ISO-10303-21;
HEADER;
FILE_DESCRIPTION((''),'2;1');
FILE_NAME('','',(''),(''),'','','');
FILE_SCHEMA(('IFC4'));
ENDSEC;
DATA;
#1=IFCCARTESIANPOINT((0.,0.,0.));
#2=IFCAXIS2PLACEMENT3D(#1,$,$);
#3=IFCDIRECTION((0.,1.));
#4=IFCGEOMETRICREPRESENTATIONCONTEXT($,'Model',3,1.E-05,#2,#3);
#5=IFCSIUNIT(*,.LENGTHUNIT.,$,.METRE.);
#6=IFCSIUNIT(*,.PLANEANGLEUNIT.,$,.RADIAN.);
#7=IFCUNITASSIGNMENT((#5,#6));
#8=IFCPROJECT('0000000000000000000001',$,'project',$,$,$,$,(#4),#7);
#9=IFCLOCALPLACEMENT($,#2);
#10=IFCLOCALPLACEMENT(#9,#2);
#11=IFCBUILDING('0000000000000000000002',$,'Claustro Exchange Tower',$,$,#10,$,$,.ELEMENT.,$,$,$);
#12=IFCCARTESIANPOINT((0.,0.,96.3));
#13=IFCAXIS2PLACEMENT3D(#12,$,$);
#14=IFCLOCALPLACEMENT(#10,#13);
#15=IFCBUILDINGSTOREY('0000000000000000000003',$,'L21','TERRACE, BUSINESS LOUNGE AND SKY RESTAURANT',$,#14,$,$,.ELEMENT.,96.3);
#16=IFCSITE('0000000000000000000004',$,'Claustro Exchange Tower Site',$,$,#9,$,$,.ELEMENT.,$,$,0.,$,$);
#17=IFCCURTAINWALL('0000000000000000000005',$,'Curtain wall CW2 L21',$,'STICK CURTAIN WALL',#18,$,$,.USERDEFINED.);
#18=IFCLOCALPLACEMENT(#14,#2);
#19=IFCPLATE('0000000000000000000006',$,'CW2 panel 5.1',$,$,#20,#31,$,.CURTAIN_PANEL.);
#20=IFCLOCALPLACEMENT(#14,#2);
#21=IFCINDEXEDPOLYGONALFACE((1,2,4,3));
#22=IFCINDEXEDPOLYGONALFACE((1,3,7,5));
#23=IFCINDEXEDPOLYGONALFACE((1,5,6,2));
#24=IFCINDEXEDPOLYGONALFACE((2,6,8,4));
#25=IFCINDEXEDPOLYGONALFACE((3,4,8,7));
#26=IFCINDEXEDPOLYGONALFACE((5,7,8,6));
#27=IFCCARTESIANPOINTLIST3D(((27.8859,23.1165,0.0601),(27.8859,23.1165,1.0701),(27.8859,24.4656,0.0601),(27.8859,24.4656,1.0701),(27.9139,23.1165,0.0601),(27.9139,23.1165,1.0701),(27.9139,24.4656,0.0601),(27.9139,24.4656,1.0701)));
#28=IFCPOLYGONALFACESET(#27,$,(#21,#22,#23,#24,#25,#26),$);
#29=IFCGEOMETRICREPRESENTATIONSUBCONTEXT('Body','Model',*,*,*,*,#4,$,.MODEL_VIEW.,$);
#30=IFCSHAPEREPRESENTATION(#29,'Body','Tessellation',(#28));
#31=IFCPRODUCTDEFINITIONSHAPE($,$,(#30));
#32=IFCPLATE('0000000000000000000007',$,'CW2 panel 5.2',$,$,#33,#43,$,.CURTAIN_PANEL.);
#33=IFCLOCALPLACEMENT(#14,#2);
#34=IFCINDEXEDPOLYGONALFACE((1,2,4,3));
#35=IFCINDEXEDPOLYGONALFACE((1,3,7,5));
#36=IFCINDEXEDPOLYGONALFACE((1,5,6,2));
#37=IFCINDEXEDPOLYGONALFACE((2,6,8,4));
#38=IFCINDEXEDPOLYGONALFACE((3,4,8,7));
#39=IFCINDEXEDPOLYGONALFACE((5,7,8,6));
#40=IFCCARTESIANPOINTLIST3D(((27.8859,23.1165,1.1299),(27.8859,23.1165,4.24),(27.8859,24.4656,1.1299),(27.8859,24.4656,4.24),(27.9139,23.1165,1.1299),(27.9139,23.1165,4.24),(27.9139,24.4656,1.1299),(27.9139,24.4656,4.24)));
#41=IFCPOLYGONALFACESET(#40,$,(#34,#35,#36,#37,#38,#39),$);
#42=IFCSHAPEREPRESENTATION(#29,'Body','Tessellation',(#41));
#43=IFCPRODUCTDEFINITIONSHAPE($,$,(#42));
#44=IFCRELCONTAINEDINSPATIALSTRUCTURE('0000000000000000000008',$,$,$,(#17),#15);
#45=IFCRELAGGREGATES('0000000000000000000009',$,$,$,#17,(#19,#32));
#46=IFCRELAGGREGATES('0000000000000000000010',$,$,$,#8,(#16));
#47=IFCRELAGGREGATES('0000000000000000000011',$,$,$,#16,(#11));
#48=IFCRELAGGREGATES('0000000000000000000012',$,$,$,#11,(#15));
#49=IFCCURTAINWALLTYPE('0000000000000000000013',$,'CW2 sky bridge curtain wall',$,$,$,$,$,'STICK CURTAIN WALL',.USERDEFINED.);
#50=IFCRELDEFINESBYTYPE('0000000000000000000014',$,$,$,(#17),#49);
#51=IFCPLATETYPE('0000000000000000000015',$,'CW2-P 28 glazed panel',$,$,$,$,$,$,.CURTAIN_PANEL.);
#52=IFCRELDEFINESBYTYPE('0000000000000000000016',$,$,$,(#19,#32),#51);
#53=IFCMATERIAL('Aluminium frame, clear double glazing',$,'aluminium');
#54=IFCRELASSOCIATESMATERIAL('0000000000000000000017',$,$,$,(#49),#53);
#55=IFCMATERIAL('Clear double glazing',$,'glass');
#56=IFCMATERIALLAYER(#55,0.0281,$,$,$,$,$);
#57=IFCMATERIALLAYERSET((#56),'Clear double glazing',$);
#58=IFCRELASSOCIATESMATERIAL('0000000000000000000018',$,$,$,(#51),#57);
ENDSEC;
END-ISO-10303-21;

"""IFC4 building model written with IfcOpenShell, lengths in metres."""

from ifc_helpers import new_model, si_unit, direction, frame, origin, origin_2d, place, context, subcontext, project, spatial, rectangle, extrude, material, layer, layer_set, type_object, element, aggregate, save


model = new_model("IFC4")

# Units and contexts
model_context = context("Model", 3, precision=1e-05, world=origin(), true_north=direction((0.0, 1.0)))
body_context = subcontext(model_context, "Body", "Model", "MODEL_VIEW")
ifc_project = project(units=[si_unit("LENGTHUNIT", "METRE"), si_unit("PLANEANGLEUNIT", "RADIAN")], contexts=[model_context])

# Site, building, storey
site_placement = place(None, origin())
site = spatial("IfcSite", under=ifc_project, at=site_placement, Name="Claustro Exchange Tower Site", CompositionType="ELEMENT", RefElevation=0.0)
building_placement = place(site_placement, origin())
building = spatial("IfcBuilding", under=site, at=building_placement, Name="Claustro Exchange Tower", CompositionType="ELEMENT")
storey_placement = place(building_placement, frame((0.0, 0.0, 96.3)))
storey = spatial("IfcBuildingStorey", under=building, at=storey_placement, Name="L21", Description="TERRACE, BUSINESS LOUNGE AND SKY RESTAURANT", CompositionType="ELEMENT", Elevation=96.3)

# Curtain wall, plates
ifc_material_1 = material(Name="Aluminium frame, clear double glazing", Category="aluminium")
curtain_wall_type = type_object("IfcCurtainWallType", Name="CW2 sky bridge curtain wall", ElementType="STICK CURTAIN WALL", PredefinedType="USERDEFINED", material=ifc_material_1)
curtain_wall_placement = place(storey_placement, origin())
curtain_wall = element("IfcCurtainWall", 1, at=curtain_wall_placement, inside=storey, type_object=curtain_wall_type, Name="Curtain wall CW2 L21", ObjectType="STICK CURTAIN WALL", PredefinedType="USERDEFINED")
ifc_material_2 = material(Name="Clear double glazing", Category="glass")
ifc_layer = layer(ifc_material_2, 0.0281)
ifc_layer_set = layer_set([ifc_layer], Name="Clear double glazing")
plate_type = type_object("IfcPlateType", Name="CW2-P 28 glazed panel", PredefinedType="CURTAIN_PANEL", material=ifc_layer_set)
plate_1_placement = place(storey_placement, frame((27.8999, 23.791, 0.0601), z_axis=(0.0, 0.0, 1.0), x_axis=(0.0, 1.0, 0.0)))
plate_1 = element("IfcPlate", 2, at=plate_1_placement, type_object=plate_type, Name="CW2 panel 5.1", PredefinedType="CURTAIN_PANEL", context=body_context, shape_type="SweptSolid", body=[
    extrude(rectangle(XDim=1.3491, YDim=0.0281, at=origin_2d()), origin(), (0.0, 0.0, 1.0), 1.01),
])
plate_2_placement = place(storey_placement, frame((27.8999, 23.791, 1.1299), z_axis=(0.0, 0.0, 1.0), x_axis=(0.0, 1.0, 0.0)))
plate_2 = element("IfcPlate", 3, at=plate_2_placement, type_object=plate_type, Name="CW2 panel 5.2", PredefinedType="CURTAIN_PANEL", context=body_context, shape_type="SweptSolid", body=[
    extrude(rectangle(XDim=1.3491, YDim=0.0281, at=origin_2d()), origin(), (0.0, 0.0, 1.0), 3.1101),
])
aggregate(curtain_wall, [plate_1, plate_2])

save(model, "model.ifc")
